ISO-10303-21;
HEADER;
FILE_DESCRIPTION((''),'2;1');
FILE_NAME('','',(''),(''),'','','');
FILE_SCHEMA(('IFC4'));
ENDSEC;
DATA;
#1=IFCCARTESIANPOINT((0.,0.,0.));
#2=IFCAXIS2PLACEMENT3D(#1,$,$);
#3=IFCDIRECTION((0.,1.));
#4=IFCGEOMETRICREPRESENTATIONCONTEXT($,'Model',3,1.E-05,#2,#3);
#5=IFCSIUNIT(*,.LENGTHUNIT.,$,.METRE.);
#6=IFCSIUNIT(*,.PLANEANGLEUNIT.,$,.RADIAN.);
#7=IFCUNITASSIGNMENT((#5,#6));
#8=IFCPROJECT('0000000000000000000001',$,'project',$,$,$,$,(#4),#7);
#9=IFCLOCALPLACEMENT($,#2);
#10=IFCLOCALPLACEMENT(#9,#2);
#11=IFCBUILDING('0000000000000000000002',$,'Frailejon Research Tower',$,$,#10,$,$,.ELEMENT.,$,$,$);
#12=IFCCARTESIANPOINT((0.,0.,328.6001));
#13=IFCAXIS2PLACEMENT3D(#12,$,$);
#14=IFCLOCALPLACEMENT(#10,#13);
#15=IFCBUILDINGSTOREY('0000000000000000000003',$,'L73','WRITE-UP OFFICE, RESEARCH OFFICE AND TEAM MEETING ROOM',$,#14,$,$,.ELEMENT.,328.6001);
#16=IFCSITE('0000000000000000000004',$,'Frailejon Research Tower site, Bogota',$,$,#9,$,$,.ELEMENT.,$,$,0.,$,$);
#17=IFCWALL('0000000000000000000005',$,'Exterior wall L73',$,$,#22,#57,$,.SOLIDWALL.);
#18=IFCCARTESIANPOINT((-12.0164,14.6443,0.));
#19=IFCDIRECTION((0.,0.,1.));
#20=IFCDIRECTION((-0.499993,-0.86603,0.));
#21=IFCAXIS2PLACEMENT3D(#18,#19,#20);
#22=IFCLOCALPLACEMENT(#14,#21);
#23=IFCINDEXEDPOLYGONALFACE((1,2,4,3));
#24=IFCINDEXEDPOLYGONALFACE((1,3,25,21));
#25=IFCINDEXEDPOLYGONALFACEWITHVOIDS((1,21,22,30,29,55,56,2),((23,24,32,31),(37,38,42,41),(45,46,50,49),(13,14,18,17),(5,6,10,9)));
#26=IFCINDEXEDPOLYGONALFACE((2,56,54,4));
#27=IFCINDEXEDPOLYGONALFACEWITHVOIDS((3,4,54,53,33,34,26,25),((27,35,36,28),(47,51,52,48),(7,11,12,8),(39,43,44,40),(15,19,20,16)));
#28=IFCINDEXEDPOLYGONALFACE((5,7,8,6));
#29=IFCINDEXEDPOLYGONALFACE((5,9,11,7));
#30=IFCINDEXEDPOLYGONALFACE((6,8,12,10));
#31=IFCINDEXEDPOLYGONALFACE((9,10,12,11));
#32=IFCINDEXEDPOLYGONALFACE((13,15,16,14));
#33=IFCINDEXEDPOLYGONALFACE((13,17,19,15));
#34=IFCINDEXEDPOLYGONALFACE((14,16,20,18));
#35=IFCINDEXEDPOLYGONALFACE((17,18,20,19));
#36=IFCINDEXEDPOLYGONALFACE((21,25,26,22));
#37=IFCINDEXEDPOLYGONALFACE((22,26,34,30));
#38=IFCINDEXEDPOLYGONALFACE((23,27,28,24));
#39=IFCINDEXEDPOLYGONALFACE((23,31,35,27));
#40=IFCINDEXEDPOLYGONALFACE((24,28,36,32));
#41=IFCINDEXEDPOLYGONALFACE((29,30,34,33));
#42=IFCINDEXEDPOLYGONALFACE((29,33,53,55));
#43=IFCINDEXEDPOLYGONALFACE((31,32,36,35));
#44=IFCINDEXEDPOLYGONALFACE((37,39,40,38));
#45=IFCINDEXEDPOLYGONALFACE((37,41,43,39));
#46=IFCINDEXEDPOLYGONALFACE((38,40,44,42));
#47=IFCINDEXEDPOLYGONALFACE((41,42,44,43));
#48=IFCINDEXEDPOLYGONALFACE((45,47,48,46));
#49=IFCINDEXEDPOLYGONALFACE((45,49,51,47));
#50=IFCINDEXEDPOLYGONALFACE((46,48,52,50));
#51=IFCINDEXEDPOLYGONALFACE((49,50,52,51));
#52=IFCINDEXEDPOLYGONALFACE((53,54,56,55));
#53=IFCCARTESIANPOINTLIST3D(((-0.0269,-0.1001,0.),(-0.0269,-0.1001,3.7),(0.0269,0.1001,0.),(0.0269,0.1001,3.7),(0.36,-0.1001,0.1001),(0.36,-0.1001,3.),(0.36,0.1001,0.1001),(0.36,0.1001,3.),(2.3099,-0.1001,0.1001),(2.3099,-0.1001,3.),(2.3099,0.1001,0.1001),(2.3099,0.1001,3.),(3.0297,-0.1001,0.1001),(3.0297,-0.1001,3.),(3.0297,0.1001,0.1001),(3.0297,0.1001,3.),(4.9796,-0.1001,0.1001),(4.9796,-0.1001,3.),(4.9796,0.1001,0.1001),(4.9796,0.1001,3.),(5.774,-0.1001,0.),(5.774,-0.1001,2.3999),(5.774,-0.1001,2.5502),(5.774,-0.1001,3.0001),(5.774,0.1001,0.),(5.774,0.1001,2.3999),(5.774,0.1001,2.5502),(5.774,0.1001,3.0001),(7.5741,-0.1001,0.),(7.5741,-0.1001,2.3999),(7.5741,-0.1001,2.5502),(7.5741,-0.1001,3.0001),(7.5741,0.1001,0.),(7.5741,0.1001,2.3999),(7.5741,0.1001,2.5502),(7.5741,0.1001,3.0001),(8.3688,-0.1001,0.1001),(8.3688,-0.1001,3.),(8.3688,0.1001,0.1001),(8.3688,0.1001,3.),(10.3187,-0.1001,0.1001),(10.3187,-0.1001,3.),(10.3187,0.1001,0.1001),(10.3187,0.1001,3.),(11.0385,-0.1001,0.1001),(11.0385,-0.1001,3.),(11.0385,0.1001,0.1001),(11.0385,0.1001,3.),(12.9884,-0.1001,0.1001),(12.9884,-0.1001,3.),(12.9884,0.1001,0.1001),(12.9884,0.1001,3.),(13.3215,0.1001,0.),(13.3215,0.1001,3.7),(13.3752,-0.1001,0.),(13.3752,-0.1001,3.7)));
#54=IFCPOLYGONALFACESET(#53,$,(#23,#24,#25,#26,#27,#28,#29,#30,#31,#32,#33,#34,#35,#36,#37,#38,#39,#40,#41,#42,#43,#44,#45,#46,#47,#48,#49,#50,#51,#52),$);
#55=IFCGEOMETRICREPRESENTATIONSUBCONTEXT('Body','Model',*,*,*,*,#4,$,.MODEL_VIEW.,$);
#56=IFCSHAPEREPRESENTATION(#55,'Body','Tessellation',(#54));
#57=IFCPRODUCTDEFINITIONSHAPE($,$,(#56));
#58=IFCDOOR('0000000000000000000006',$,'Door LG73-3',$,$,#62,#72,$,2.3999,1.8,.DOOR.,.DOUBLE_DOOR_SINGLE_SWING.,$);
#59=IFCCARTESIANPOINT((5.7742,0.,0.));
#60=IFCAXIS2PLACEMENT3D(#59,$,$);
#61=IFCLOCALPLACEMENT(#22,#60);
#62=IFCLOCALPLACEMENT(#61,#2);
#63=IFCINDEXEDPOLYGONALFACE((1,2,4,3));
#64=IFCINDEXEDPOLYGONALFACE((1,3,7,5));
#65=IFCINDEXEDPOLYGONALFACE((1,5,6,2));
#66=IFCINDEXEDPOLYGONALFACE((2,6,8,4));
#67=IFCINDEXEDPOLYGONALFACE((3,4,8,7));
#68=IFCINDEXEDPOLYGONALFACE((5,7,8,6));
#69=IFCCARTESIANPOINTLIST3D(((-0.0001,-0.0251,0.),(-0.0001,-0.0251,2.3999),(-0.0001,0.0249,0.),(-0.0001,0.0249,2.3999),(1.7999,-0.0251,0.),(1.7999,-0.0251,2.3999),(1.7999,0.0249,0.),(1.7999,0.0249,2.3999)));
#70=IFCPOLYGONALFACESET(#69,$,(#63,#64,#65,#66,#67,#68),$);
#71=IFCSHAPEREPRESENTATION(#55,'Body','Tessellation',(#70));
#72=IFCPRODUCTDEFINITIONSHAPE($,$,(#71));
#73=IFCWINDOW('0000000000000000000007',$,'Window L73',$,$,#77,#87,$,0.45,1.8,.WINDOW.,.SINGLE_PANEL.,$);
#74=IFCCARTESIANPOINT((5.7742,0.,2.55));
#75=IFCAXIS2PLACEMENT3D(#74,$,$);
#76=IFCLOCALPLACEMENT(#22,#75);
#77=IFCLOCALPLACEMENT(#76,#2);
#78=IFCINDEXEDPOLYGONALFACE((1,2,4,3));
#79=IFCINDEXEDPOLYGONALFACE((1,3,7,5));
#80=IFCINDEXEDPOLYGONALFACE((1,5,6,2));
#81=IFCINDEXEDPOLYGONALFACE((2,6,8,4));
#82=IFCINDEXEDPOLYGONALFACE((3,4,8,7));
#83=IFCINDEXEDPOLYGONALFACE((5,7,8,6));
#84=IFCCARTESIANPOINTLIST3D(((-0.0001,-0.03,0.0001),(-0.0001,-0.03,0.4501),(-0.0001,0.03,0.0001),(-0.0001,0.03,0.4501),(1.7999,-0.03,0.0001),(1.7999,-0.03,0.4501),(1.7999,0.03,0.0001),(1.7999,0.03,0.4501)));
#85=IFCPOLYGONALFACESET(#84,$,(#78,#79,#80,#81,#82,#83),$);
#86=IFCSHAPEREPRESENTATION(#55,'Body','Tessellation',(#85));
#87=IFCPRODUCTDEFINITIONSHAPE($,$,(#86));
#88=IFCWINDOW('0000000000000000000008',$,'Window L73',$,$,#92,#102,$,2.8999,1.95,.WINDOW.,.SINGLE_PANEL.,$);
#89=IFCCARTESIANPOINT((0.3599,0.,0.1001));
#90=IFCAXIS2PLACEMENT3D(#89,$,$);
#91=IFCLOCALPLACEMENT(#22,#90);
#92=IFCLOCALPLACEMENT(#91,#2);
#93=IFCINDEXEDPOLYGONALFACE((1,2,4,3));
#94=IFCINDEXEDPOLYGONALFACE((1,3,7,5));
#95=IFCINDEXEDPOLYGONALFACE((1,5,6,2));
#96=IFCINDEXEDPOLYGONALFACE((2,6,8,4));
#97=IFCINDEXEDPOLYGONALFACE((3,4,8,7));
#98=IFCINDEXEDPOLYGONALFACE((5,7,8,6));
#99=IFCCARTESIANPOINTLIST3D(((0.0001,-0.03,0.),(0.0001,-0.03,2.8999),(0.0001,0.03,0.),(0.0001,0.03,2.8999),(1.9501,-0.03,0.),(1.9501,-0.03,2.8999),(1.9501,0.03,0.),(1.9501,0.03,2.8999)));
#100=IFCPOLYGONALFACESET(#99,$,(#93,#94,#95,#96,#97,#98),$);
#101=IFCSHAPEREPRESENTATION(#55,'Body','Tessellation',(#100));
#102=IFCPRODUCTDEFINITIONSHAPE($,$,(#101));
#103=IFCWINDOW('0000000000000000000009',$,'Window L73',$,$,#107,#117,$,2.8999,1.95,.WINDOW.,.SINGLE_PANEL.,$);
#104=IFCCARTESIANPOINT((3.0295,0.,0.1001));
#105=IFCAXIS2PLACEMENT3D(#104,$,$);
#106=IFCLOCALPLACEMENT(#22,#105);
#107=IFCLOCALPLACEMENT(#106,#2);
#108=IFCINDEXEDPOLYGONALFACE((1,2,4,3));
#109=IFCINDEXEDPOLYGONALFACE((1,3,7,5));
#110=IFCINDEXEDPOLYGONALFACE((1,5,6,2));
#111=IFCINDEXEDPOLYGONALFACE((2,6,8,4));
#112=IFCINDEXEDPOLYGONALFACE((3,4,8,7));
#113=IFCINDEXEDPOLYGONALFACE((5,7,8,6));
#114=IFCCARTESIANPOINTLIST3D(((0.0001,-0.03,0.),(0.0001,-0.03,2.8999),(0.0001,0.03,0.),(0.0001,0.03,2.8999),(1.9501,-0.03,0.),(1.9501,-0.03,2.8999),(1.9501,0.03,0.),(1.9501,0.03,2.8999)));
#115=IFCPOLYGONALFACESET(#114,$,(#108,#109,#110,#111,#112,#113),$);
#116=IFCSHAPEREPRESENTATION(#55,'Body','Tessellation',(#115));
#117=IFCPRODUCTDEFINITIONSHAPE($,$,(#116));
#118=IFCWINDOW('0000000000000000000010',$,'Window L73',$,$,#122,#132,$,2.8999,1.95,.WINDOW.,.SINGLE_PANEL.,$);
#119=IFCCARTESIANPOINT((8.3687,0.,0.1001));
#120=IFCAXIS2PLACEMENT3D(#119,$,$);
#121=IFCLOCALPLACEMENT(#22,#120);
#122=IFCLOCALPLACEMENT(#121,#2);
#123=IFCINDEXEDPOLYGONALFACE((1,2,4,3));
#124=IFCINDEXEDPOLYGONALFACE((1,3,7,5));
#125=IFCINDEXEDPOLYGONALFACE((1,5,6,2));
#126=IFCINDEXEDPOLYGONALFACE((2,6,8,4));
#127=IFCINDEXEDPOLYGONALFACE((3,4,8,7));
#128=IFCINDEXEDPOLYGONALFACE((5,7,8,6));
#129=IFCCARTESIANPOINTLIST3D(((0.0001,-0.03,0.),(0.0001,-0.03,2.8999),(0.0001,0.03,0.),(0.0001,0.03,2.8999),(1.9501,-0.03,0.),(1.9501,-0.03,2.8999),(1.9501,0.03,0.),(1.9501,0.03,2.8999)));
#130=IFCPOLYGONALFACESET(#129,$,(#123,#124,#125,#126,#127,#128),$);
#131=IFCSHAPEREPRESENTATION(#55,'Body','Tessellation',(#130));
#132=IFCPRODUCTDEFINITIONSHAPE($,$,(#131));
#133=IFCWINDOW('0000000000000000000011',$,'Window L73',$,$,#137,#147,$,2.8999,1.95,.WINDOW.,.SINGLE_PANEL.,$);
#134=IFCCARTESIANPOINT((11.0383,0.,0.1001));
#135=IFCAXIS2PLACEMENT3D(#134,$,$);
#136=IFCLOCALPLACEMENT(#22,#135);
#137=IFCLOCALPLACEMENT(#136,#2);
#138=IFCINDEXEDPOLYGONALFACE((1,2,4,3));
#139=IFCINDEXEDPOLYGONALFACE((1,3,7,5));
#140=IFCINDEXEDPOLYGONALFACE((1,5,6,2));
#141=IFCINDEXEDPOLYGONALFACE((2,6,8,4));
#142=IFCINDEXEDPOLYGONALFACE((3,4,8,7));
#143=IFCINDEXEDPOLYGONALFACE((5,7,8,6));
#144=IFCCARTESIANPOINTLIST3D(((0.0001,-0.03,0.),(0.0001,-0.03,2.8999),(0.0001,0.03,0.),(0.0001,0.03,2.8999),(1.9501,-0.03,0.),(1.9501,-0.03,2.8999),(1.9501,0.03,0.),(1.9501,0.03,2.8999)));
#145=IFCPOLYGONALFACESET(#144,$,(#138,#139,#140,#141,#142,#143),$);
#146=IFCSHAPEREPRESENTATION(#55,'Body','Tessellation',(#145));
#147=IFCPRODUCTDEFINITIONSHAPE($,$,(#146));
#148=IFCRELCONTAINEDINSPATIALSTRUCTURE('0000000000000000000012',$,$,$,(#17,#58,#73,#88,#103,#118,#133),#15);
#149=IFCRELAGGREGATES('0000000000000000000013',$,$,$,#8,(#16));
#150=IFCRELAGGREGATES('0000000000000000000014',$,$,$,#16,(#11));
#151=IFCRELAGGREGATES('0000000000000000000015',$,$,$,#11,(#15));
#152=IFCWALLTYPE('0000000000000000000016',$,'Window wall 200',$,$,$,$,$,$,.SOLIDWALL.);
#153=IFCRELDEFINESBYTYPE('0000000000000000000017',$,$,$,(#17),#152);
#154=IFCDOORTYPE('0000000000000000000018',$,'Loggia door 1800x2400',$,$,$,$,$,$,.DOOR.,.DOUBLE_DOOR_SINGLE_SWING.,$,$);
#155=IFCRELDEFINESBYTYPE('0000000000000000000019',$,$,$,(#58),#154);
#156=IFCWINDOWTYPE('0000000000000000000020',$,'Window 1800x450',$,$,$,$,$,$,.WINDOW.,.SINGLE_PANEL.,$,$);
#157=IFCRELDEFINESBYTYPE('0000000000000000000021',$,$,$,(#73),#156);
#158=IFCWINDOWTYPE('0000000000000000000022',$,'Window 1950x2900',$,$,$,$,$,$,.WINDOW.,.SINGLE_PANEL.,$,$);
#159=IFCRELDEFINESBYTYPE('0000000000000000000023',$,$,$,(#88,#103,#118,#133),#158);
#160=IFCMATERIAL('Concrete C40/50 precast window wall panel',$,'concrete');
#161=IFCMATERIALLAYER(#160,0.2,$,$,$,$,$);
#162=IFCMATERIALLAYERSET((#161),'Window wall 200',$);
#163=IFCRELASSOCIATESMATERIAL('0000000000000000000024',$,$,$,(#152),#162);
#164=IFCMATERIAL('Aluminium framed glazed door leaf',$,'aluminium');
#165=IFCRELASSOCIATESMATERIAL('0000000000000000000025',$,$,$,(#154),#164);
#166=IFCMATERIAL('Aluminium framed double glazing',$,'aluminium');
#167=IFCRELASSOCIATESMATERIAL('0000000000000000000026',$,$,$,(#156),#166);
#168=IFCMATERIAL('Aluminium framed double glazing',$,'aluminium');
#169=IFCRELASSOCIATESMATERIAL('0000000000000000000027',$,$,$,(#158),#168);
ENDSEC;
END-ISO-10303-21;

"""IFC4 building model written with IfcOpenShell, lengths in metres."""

from ifc_helpers import new_model, si_unit, direction, frame, frame_2d, origin, place, context, subcontext, project, spatial, polyline, rectangle, outline, extrude, material, layer, layer_set, type_object, element, fill, save


model = new_model("IFC4")

# Units and contexts
model_context = context("Model", 3, precision=1e-05, world=origin(), true_north=direction((0.0, 1.0)))
body_context = subcontext(model_context, "Body", "Model", "MODEL_VIEW")
ifc_project = project(units=[si_unit("LENGTHUNIT", "METRE"), si_unit("PLANEANGLEUNIT", "RADIAN")], contexts=[model_context])

# Site, building, storey
site_placement = place(None, origin())
site = spatial("IfcSite", under=ifc_project, at=site_placement, Name="Frailejon Research Tower site, Bogota", CompositionType="ELEMENT", RefElevation=0.0)
building_placement = place(site_placement, origin())
building = spatial("IfcBuilding", under=site, at=building_placement, Name="Frailejon Research Tower", CompositionType="ELEMENT")
storey_placement = place(building_placement, frame((0.0, 0.0, 328.6001)))
storey = spatial("IfcBuildingStorey", under=building, at=storey_placement, Name="L73", Description="WRITE-UP OFFICE, RESEARCH OFFICE AND TEAM MEETING ROOM", CompositionType="ELEMENT", Elevation=328.6001)

# Wall, openings, door, windows
ifc_material_1 = material(Name="Concrete C40/50 precast window wall panel", Category="concrete")
ifc_layer_1 = layer(ifc_material_1, 0.2)
ifc_layer_set_1 = layer_set([ifc_layer_1], Name="Window wall 200")
wall_type_1 = type_object("IfcWallType", Name="Window wall 200", PredefinedType="SOLIDWALL", material=ifc_layer_set_1)
wall_1_placement = place(storey_placement, frame((-12.0164, 14.6443, 0.0), z_axis=(0.0, 0.0, 1.0), x_axis=(-0.499993, -0.86603, 0.0)))
wall_1 = element("IfcWall", 1, at=wall_1_placement, inside=storey, type_object=wall_type_1, Name="Exterior wall L73", PredefinedType="SOLIDWALL", context=body_context, shape_type="SweptSolid", body=[
    extrude(outline(polyline([(-0.0269, -0.1001), (1.0042, -0.1001), (2.0349, -0.1001), (3.0659, -0.1001), (4.0969, -0.1001), (5.1277, -0.1001), (6.1587, -0.1001), (7.1897, -0.1001), (8.2207, -0.1001), (9.2515, -0.1001), (10.2825, -0.1001), (11.3135, -0.1001), (12.3442, -0.1001), (13.3752, -0.1001), (13.3215, 0.1001), (12.2988, 0.1001), (11.2761, 0.1001), (10.2534, 0.1001), (9.231, 0.1001), (8.2083, 0.1001), (7.1855, 0.1001), (6.1628, 0.1001), (5.1401, 0.1001), (4.1174, 0.1001), (3.095, 0.1001), (2.0723, 0.1001), (1.0496, 0.1001), (0.0269, 0.1001), (-0.0269, -0.1001)])), origin(), (0.0, 0.0, 1.0), 3.7),
])
opening_1_placement = place(wall_1_placement, frame((0.3599, 0.0, 0.1001)))
opening_1 = element("IfcOpeningElement", 2, at=opening_1_placement, cuts=wall_1, PredefinedType="OPENING", context=body_context, shape_type="SweptSolid", body=[
    extrude(rectangle(XDim=1.95, YDim=2.8999, at=frame_2d((0.9751, 1.45))), frame((0.0, 0.1099, 0.0), z_axis=(0.0, -1.0, 0.0), x_axis=(1.0, 0.0, 0.0)), (0.0, 0.0, 1.0), 0.22),
])
opening_2_placement = place(wall_1_placement, frame((3.0295, 0.0, 0.1001)))
opening_2 = element("IfcOpeningElement", 3, at=opening_2_placement, cuts=wall_1, PredefinedType="OPENING", context=body_context, shape_type="SweptSolid", body=[
    extrude(rectangle(XDim=1.95, YDim=2.8999, at=frame_2d((0.9751, 1.45))), frame((0.0, 0.1099, 0.0), z_axis=(0.0, -1.0, 0.0), x_axis=(1.0, 0.0, 0.0)), (0.0, 0.0, 1.0), 0.22),
])
opening_3_placement = place(wall_1_placement, frame((5.7742, 0.0, 0.0)))
opening_3 = element("IfcOpeningElement", 4, at=opening_3_placement, cuts=wall_1, PredefinedType="OPENING", context=body_context, shape_type="SweptSolid", body=[
    extrude(rectangle(XDim=1.8, YDim=2.3999, at=frame_2d((0.8999, 1.2))), frame((0.0, 0.1099, 0.0), z_axis=(0.0, -1.0, 0.0), x_axis=(1.0, 0.0, 0.0)), (0.0, 0.0, 1.0), 0.22),
])
opening_4_placement = place(wall_1_placement, frame((5.7742, 0.0, 2.55)))
opening_4 = element("IfcOpeningElement", 5, at=opening_4_placement, cuts=wall_1, PredefinedType="OPENING", context=body_context, shape_type="SweptSolid", body=[
    extrude(rectangle(XDim=1.8, YDim=0.45, at=frame_2d((0.8999, 0.2251))), frame((0.0, 0.1099, 0.0), z_axis=(0.0, -1.0, 0.0), x_axis=(1.0, 0.0, 0.0)), (0.0, 0.0, 1.0), 0.22),
])
opening_5_placement = place(wall_1_placement, frame((8.3687, 0.0, 0.1001)))
opening_5 = element("IfcOpeningElement", 6, at=opening_5_placement, cuts=wall_1, PredefinedType="OPENING", context=body_context, shape_type="SweptSolid", body=[
    extrude(rectangle(XDim=1.95, YDim=2.8999, at=frame_2d((0.9751, 1.45))), frame((0.0, 0.1099, 0.0), z_axis=(0.0, -1.0, 0.0), x_axis=(1.0, 0.0, 0.0)), (0.0, 0.0, 1.0), 0.22),
])
opening_6_placement = place(wall_1_placement, frame((11.0383, 0.0, 0.1001)))
opening_6 = element("IfcOpeningElement", 7, at=opening_6_placement, cuts=wall_1, PredefinedType="OPENING", context=body_context, shape_type="SweptSolid", body=[
    extrude(rectangle(XDim=1.95, YDim=2.8999, at=frame_2d((0.9751, 1.45))), frame((0.0, 0.1099, 0.0), z_axis=(0.0, -1.0, 0.0), x_axis=(1.0, 0.0, 0.0)), (0.0, 0.0, 1.0), 0.22),
])
ifc_material_2 = material(Name="Aluminium framed glazed door leaf", Category="aluminium")
door_type_1 = type_object("IfcDoorType", Name="Loggia door 1800x2400", OperationType="DOUBLE_DOOR_SINGLE_SWING", PredefinedType="DOOR", material=ifc_material_2)
door_1_placement = place(opening_3_placement, origin())
door_1 = element("IfcDoor", 8, at=door_1_placement, inside=storey, type_object=door_type_1, Name="Door LG73-3", OperationType="DOUBLE_DOOR_SINGLE_SWING", OverallHeight=2.3999, OverallWidth=1.8, PredefinedType="DOOR", context=body_context, shape_type="SweptSolid", body=[
    extrude(rectangle(XDim=1.8, YDim=2.3999, at=frame_2d((0.8999, 1.2))), frame((0.0, 0.0249, 0.0), z_axis=(0.0, -1.0, 0.0), x_axis=(1.0, 0.0, 0.0)), (0.0, 0.0, 1.0), 0.05),
])
fill(opening_3, door_1)
ifc_material_3 = material(Name="Aluminium framed double glazing", Category="aluminium")
window_type_1 = type_object("IfcWindowType", Name="Window 1800x450", PartitioningType="SINGLE_PANEL", PredefinedType="WINDOW", material=ifc_material_3)
window_1_placement = place(opening_4_placement, origin())
window_1 = element("IfcWindow", 9, at=window_1_placement, inside=storey, type_object=window_type_1, Name="Window L73", OverallHeight=0.45, OverallWidth=1.8, PartitioningType="SINGLE_PANEL", PredefinedType="WINDOW", context=body_context, shape_type="SweptSolid", body=[
    extrude(rectangle(XDim=1.8, YDim=0.45, at=frame_2d((0.8999, 0.2251))), frame((0.0, 0.03, 0.0), z_axis=(0.0, -1.0, 0.0), x_axis=(1.0, 0.0, 0.0)), (0.0, 0.0, 1.0), 0.0601),
])
fill(opening_4, window_1)
ifc_material_4 = material(Name="Aluminium framed double glazing", Category="aluminium")
window_type_2 = type_object("IfcWindowType", Name="Window 1950x2900", PartitioningType="SINGLE_PANEL", PredefinedType="WINDOW", material=ifc_material_4)
window_2_placement = place(opening_1_placement, origin())
window_2 = element("IfcWindow", 10, at=window_2_placement, inside=storey, type_object=window_type_2, Name="Window L73", OverallHeight=2.8999, OverallWidth=1.95, PartitioningType="SINGLE_PANEL", PredefinedType="WINDOW", context=body_context, shape_type="SweptSolid", body=[
    extrude(rectangle(XDim=1.95, YDim=2.8999, at=frame_2d((0.9751, 1.45))), frame((0.0, 0.03, 0.0), z_axis=(0.0, -1.0, 0.0), x_axis=(1.0, 0.0, 0.0)), (0.0, 0.0, 1.0), 0.0601),
])
fill(opening_1, window_2)
window_3_placement = place(opening_2_placement, origin())
window_3 = element("IfcWindow", 11, at=window_3_placement, inside=storey, type_object=window_type_2, Name="Window L73", OverallHeight=2.8999, OverallWidth=1.95, PartitioningType="SINGLE_PANEL", PredefinedType="WINDOW", context=body_context, shape_type="SweptSolid", body=[
    extrude(rectangle(XDim=1.95, YDim=2.8999, at=frame_2d((0.9751, 1.45))), frame((0.0, 0.03, 0.0), z_axis=(0.0, -1.0, 0.0), x_axis=(1.0, 0.0, 0.0)), (0.0, 0.0, 1.0), 0.0601),
])
fill(opening_2, window_3)
window_4_placement = place(opening_5_placement, origin())
window_4 = element("IfcWindow", 12, at=window_4_placement, inside=storey, type_object=window_type_2, Name="Window L73", OverallHeight=2.8999, OverallWidth=1.95, PartitioningType="SINGLE_PANEL", PredefinedType="WINDOW", context=body_context, shape_type="SweptSolid", body=[
    extrude(rectangle(XDim=1.95, YDim=2.8999, at=frame_2d((0.9751, 1.45))), frame((0.0, 0.03, 0.0), z_axis=(0.0, -1.0, 0.0), x_axis=(1.0, 0.0, 0.0)), (0.0, 0.0, 1.0), 0.0601),
])
fill(opening_5, window_4)
window_5_placement = place(opening_6_placement, origin())
window_5 = element("IfcWindow", 13, at=window_5_placement, inside=storey, type_object=window_type_2, Name="Window L73", OverallHeight=2.8999, OverallWidth=1.95, PartitioningType="SINGLE_PANEL", PredefinedType="WINDOW", context=body_context, shape_type="SweptSolid", body=[
    extrude(rectangle(XDim=1.95, YDim=2.8999, at=frame_2d((0.9751, 1.45))), frame((0.0, 0.03, 0.0), z_axis=(0.0, -1.0, 0.0), x_axis=(1.0, 0.0, 0.0)), (0.0, 0.0, 1.0), 0.0601),
])
fill(opening_6, window_5)

save(model, "model.ifc")
